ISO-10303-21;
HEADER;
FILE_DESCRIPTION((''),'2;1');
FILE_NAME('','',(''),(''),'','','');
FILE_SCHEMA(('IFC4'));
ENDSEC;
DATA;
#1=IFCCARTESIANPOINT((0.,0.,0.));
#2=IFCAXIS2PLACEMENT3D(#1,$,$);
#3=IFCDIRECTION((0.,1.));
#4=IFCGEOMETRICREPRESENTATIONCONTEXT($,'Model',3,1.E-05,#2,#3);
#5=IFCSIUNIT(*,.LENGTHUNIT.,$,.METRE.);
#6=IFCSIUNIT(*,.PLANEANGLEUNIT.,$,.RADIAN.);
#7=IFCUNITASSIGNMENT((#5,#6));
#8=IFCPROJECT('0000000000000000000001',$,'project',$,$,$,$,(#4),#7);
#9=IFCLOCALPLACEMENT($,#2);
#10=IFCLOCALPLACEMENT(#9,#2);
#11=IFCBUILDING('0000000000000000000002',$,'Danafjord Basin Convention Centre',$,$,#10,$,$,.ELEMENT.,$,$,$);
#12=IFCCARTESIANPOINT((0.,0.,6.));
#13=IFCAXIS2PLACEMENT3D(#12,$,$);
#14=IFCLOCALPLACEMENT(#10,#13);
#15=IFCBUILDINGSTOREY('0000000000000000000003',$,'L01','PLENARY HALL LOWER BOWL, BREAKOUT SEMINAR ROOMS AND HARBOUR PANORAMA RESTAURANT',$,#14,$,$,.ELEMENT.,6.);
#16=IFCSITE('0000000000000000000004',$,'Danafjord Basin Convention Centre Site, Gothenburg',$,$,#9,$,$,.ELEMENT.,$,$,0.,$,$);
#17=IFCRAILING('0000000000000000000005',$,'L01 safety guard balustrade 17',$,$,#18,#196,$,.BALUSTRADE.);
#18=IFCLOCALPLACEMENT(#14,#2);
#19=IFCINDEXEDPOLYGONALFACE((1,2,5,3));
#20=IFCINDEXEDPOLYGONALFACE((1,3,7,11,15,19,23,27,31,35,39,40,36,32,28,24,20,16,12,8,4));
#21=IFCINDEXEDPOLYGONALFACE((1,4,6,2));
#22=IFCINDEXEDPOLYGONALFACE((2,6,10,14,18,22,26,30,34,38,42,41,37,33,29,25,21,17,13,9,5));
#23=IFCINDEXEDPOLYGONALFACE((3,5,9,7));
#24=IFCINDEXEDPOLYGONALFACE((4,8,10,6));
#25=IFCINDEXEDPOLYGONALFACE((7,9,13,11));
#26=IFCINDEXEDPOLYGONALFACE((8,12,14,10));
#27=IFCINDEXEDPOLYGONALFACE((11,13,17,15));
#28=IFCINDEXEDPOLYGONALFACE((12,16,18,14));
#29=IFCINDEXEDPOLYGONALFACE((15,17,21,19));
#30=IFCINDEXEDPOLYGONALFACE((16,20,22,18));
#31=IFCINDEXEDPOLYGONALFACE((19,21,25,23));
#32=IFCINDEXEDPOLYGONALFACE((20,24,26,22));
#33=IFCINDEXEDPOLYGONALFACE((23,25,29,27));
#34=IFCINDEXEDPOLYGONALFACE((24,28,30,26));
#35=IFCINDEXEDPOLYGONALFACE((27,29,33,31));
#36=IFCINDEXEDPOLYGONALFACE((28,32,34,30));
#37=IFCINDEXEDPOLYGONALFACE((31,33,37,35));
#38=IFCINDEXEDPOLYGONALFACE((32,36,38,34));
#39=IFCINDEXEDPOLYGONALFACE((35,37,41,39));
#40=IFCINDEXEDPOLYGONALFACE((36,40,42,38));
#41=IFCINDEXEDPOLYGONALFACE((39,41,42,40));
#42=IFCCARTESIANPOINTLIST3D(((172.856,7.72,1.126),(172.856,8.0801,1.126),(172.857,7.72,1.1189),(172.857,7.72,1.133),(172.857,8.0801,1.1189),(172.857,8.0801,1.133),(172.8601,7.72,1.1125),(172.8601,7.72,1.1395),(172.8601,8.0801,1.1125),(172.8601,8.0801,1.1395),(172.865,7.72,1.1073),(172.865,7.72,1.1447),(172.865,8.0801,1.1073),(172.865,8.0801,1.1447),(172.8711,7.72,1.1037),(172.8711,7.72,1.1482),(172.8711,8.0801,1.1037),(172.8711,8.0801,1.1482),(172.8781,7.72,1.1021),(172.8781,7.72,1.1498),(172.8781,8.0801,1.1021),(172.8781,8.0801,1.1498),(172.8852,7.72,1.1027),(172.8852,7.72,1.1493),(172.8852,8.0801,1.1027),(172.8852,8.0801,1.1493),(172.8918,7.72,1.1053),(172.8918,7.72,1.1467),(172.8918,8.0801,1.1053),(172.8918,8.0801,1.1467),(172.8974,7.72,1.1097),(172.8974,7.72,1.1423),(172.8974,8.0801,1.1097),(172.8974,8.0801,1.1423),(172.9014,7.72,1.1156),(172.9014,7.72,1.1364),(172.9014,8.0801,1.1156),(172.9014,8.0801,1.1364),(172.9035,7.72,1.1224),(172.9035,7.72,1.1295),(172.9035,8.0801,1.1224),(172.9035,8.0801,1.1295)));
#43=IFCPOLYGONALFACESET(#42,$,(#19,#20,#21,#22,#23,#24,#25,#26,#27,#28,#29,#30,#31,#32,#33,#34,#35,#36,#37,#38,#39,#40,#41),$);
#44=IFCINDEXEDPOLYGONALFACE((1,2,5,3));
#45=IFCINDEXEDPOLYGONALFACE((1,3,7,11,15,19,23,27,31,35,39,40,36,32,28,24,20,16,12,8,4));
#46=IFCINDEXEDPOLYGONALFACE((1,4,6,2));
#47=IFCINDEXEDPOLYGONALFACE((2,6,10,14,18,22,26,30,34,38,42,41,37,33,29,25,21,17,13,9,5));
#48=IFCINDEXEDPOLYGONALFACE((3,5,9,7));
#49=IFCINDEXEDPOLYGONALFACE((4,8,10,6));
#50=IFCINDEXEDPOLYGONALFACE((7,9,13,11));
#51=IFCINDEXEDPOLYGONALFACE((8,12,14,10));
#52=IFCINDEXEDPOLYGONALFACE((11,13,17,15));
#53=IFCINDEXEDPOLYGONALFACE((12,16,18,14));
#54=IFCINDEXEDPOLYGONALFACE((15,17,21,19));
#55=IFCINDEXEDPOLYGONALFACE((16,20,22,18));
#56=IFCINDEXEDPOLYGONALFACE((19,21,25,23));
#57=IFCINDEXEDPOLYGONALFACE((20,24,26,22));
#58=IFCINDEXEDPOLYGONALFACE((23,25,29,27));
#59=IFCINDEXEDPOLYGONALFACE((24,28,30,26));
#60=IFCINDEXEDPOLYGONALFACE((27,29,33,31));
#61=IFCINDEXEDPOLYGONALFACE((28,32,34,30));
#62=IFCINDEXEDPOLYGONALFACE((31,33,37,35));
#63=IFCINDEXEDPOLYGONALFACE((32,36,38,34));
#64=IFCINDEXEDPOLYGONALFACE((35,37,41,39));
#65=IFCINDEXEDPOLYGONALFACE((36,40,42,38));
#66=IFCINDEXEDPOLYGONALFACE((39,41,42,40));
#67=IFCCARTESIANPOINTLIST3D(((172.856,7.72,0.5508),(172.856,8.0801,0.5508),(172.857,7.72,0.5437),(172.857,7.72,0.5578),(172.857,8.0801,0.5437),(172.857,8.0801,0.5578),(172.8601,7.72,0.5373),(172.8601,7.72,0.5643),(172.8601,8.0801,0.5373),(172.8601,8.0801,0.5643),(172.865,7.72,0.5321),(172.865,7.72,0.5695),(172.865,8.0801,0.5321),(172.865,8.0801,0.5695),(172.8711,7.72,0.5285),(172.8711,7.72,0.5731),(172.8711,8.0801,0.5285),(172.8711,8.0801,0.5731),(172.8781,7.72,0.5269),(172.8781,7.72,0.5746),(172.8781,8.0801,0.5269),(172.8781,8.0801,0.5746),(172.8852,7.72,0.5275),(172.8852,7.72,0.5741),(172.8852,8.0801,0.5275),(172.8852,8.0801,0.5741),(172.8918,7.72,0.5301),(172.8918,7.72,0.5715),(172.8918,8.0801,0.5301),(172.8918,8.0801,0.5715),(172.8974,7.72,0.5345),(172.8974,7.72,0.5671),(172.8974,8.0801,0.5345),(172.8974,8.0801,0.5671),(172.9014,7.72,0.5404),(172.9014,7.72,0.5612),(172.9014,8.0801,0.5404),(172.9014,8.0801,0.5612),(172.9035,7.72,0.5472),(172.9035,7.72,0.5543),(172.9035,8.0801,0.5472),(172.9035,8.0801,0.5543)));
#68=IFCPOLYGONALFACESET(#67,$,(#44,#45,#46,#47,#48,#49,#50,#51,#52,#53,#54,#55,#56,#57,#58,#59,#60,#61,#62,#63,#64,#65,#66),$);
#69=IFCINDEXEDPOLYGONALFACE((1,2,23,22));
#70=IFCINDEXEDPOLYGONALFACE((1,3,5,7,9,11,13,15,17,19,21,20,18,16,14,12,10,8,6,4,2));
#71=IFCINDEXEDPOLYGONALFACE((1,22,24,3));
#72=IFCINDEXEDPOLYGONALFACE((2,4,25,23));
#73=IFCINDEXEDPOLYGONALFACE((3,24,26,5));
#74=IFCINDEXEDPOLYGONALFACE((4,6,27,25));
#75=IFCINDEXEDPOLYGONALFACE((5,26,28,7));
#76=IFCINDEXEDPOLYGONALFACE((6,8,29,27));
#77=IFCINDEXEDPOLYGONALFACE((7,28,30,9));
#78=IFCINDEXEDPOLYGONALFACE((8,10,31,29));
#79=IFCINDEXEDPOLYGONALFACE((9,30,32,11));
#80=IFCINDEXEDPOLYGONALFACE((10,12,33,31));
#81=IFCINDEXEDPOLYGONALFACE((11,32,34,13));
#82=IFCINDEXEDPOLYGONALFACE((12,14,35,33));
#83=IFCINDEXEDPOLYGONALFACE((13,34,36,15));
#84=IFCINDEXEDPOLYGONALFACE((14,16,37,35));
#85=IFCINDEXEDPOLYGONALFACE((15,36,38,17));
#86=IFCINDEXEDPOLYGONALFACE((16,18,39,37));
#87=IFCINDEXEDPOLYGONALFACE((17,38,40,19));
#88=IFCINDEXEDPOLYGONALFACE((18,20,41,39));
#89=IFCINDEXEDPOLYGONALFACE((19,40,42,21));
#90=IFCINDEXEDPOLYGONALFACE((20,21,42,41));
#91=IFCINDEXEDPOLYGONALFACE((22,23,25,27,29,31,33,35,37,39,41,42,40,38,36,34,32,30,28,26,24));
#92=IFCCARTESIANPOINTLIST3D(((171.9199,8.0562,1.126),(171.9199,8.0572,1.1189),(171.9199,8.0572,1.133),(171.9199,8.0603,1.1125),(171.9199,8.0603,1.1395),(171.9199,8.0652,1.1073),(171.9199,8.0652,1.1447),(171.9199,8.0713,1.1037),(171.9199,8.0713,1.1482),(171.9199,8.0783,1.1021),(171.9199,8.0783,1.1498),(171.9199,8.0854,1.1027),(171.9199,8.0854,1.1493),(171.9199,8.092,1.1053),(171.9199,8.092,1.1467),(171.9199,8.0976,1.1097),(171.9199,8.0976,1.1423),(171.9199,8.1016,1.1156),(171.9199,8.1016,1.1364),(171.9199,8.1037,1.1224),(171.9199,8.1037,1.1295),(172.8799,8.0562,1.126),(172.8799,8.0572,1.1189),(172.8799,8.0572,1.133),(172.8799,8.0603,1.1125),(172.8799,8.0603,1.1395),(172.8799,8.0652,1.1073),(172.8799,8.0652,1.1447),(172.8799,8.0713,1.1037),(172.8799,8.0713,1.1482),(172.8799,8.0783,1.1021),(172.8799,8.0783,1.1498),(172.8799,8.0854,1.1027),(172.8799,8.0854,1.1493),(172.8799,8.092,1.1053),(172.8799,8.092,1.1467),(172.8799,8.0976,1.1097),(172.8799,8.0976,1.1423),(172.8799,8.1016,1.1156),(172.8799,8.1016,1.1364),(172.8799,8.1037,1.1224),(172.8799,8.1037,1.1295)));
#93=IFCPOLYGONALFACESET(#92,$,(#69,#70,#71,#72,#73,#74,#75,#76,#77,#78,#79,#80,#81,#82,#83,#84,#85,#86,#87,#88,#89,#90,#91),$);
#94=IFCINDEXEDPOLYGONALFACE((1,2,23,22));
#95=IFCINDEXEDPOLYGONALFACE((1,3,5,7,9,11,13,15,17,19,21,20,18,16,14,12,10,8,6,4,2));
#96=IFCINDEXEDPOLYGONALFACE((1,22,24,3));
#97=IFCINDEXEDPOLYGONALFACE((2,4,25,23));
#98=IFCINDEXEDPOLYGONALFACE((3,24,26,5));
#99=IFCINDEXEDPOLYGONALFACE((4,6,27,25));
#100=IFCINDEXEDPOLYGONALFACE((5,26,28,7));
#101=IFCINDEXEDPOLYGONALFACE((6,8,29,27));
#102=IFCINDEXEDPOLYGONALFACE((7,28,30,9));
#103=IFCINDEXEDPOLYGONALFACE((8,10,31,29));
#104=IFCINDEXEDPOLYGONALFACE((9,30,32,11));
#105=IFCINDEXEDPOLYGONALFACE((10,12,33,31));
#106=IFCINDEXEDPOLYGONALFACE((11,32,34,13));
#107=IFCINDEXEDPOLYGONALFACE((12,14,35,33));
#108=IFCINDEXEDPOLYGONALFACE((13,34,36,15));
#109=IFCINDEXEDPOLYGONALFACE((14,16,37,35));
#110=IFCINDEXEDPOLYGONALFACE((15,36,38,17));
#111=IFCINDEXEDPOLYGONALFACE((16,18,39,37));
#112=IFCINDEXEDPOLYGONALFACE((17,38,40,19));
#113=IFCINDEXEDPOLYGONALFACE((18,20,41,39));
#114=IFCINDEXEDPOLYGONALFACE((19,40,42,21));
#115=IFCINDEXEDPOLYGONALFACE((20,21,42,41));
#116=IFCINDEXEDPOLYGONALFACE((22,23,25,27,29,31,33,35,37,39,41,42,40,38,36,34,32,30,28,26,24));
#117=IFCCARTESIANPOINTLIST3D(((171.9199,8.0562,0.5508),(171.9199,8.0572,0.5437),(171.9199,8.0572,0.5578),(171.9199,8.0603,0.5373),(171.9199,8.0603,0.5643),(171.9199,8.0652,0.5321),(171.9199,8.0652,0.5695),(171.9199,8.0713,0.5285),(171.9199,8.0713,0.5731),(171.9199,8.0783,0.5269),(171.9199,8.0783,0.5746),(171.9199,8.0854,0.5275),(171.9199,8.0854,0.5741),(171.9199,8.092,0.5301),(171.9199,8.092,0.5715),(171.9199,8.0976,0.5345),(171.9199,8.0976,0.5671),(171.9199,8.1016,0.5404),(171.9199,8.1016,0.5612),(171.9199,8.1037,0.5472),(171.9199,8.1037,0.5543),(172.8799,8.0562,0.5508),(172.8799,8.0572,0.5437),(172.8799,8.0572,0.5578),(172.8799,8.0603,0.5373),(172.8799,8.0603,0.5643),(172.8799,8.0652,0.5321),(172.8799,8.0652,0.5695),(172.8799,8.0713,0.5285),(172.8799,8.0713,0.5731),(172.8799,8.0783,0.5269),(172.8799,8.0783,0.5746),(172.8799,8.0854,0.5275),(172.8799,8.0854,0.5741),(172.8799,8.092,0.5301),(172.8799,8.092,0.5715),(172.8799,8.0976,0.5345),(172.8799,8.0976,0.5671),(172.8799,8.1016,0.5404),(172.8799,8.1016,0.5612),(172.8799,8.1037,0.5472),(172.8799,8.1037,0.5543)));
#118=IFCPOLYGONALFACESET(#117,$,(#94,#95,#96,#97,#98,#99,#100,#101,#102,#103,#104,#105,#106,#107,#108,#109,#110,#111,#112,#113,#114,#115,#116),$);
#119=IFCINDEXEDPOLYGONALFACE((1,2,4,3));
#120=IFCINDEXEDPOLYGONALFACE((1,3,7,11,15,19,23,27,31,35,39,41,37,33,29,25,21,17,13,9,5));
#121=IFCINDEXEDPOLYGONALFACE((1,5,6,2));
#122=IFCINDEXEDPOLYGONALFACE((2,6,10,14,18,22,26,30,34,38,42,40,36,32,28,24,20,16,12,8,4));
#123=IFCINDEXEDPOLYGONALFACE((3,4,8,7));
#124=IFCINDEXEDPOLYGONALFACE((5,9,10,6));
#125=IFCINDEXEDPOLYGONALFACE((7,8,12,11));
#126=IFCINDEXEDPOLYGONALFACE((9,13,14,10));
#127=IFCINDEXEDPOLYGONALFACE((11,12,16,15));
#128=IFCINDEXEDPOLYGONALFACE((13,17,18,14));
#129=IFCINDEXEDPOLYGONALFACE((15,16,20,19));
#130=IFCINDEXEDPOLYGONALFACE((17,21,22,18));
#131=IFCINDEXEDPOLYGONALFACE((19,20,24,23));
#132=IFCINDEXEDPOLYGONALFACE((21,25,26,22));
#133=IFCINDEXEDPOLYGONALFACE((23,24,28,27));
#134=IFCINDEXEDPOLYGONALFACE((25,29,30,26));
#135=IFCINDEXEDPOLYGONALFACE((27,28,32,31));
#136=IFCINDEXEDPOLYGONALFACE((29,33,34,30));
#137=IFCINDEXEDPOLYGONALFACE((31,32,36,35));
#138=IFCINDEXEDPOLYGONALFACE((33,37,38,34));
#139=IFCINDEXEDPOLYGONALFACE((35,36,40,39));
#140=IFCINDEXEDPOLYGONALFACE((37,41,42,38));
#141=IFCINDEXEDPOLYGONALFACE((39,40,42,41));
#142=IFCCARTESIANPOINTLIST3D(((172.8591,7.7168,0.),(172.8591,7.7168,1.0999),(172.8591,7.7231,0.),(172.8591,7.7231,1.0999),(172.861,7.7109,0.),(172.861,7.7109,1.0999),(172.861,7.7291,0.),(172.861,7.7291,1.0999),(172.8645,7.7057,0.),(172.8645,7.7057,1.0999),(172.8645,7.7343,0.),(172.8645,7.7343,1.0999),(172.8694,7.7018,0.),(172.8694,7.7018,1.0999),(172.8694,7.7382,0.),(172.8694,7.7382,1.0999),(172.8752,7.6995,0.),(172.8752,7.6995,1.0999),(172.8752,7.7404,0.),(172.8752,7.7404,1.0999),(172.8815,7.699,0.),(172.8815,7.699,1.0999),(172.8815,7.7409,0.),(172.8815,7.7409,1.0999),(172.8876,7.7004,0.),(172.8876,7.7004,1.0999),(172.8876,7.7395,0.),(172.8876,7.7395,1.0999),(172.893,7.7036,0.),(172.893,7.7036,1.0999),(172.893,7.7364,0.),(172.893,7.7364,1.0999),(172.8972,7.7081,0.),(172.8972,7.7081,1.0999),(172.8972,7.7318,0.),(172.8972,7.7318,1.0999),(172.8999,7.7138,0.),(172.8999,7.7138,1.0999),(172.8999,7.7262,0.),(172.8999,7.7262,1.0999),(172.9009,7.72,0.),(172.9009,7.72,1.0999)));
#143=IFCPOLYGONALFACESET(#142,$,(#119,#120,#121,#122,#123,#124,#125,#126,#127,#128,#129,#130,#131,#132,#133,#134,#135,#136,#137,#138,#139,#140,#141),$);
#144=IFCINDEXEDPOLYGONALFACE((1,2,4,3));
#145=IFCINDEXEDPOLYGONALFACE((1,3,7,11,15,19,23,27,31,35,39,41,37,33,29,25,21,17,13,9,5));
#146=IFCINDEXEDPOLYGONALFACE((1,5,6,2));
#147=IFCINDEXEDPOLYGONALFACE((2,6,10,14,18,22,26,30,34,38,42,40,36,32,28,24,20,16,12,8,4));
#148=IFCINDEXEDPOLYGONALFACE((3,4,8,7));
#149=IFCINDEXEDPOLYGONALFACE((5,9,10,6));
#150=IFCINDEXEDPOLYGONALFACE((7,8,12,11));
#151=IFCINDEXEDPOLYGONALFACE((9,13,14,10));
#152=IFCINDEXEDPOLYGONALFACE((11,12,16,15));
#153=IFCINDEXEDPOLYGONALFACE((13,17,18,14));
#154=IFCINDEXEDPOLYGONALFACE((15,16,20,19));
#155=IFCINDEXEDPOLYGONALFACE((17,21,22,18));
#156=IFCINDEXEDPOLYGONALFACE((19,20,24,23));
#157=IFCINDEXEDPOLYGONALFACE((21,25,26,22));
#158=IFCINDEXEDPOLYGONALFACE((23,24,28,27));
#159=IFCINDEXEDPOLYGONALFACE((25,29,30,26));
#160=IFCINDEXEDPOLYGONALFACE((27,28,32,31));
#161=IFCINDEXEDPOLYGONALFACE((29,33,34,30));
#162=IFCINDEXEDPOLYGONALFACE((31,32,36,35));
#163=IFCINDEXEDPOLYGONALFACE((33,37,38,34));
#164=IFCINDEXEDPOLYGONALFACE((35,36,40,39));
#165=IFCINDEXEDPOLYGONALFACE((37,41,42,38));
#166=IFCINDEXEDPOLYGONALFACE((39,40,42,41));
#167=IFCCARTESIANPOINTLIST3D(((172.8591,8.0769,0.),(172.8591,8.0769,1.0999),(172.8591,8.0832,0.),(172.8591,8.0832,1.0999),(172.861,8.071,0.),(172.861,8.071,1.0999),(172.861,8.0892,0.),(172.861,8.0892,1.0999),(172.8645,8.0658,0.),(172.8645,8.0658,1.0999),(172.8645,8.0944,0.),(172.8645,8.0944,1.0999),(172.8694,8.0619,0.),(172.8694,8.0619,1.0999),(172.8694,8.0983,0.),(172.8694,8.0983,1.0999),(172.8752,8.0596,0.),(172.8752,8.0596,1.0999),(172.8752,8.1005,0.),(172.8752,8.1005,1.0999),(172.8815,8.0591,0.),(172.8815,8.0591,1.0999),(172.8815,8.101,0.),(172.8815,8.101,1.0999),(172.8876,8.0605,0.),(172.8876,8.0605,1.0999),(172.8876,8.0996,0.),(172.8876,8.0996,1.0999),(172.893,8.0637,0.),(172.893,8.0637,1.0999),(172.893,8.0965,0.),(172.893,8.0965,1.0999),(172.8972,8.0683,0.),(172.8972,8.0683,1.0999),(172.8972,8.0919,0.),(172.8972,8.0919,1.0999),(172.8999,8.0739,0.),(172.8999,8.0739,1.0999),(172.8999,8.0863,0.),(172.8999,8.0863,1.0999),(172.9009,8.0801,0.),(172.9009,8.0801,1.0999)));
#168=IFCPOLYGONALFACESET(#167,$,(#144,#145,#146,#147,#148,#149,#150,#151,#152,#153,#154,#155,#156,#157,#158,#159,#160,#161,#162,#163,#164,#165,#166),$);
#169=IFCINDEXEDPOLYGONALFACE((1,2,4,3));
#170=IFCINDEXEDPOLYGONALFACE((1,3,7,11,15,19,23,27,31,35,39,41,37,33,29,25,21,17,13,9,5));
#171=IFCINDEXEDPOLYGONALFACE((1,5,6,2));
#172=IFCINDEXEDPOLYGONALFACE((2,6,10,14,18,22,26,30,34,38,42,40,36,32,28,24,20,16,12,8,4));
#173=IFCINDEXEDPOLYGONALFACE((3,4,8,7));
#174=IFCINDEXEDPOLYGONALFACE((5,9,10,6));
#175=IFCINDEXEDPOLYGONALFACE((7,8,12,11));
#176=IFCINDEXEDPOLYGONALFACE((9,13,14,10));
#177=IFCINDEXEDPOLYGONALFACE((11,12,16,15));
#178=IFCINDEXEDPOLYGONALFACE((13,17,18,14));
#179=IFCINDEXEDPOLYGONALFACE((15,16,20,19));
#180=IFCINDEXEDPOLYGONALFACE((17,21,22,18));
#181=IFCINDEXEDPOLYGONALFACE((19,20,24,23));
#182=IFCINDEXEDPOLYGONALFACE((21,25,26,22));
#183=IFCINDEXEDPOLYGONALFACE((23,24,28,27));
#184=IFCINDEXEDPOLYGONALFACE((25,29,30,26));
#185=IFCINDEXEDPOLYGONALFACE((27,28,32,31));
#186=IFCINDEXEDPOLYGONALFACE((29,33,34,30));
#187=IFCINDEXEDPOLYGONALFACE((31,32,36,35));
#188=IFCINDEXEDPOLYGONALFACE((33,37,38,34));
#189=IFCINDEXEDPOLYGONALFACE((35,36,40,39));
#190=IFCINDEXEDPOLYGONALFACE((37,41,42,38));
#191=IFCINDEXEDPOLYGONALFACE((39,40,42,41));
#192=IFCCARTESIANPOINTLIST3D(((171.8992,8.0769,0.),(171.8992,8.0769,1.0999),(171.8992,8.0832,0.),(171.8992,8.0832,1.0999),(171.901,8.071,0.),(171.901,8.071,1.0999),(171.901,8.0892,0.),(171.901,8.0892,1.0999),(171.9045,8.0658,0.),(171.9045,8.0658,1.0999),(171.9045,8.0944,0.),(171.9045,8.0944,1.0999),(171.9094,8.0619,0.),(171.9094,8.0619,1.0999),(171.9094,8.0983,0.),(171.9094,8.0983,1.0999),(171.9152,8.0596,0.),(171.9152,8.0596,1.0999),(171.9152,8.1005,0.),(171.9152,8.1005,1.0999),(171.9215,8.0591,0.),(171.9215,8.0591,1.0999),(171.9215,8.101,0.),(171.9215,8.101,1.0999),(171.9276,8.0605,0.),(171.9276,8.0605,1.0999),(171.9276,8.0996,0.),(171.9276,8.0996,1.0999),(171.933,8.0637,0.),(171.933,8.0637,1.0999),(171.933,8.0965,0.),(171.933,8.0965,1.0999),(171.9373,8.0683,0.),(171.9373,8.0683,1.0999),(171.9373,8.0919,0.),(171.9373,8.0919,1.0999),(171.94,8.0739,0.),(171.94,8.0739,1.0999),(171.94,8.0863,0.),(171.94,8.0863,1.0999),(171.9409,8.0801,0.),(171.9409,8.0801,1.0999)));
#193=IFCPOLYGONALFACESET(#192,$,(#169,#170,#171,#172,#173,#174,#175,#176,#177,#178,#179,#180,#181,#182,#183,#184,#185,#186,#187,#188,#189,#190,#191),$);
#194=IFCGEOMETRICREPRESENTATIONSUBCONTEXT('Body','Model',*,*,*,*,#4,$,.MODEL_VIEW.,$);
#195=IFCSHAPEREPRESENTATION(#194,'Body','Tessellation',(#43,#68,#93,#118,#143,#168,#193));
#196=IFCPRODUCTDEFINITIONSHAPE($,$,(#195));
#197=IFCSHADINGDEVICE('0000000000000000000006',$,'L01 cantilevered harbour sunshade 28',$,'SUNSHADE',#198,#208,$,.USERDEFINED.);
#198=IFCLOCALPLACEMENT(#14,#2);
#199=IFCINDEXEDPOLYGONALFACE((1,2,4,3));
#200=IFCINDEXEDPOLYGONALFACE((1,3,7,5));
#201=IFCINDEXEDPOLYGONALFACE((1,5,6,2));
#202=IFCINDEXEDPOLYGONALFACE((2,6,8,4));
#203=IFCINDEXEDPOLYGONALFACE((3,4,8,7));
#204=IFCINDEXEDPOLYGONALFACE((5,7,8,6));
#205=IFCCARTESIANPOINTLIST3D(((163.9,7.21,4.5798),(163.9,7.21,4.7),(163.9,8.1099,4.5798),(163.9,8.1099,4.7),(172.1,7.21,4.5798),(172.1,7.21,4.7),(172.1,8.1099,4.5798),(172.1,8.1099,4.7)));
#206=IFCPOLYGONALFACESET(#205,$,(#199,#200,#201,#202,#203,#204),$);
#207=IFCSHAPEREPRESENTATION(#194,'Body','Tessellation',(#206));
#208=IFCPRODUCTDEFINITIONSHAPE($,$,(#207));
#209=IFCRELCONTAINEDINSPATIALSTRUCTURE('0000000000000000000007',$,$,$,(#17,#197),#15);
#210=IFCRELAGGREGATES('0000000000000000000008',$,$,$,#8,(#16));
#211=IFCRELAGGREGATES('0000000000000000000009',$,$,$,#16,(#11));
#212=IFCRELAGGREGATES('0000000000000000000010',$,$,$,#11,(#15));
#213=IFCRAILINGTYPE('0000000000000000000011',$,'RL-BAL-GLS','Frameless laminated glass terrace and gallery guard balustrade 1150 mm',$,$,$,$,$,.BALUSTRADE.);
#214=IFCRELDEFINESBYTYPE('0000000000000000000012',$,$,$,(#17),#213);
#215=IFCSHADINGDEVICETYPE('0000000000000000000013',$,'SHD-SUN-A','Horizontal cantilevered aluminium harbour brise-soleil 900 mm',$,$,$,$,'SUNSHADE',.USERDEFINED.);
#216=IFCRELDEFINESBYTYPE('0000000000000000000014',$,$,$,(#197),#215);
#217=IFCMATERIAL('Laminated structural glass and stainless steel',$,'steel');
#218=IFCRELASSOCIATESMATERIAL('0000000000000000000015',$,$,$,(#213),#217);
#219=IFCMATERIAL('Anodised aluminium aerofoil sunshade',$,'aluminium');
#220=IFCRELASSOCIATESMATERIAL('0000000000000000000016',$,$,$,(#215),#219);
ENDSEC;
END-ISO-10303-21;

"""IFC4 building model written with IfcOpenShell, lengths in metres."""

from ifc_helpers import new_model, si_unit, direction, frame, origin, origin_2d, place, context, subcontext, project, spatial, rectangle, circle, extrude, material, type_object, element, save


model = new_model("IFC4")

# Units and contexts
model_context = context("Model", 3, precision=1e-05, world=origin(), true_north=direction((0.0, 1.0)))
body_context = subcontext(model_context, "Body", "Model", "MODEL_VIEW")
ifc_project = project(units=[si_unit("LENGTHUNIT", "METRE"), si_unit("PLANEANGLEUNIT", "RADIAN")], contexts=[model_context])

# Site, building, storey
site_placement = place(None, origin())
site = spatial("IfcSite", under=ifc_project, at=site_placement, Name="Danafjord Basin Convention Centre Site, Gothenburg", CompositionType="ELEMENT", RefElevation=0.0)
building_placement = place(site_placement, origin())
building = spatial("IfcBuilding", under=site, at=building_placement, Name="Danafjord Basin Convention Centre", CompositionType="ELEMENT")
storey_placement = place(building_placement, frame((0.0, 0.0, 6.0)))
storey = spatial("IfcBuildingStorey", under=building, at=storey_placement, Name="L01", Description="PLENARY HALL LOWER BOWL, BREAKOUT SEMINAR ROOMS AND HARBOUR PANORAMA RESTAURANT", CompositionType="ELEMENT", Elevation=6.0)

# Railing
ifc_material_1 = material(Name="Laminated structural glass and stainless steel", Category="steel")
railing_type = type_object("IfcRailingType", Name="RL-BAL-GLS", Description="Frameless laminated glass terrace and gallery guard balustrade 1150 mm", PredefinedType="BALUSTRADE", material=ifc_material_1)
railing_placement = place(storey_placement, frame((172.8799, 7.72, 0.0)))
element("IfcRailing", 1, at=railing_placement, inside=storey, type_object=railing_type, Name="L01 safety guard balustrade 17", PredefinedType="BALUSTRADE", context=body_context, shape_type="SweptSolid", body=[
    extrude(circle(Radius=0.0239, at=origin_2d()), frame((0.0, 0.0, 1.126), z_axis=(0.0, 1.0, 0.0), x_axis=(-1.0, 0.0, 0.0)), (0.0, 0.0, 1.0), 0.3601),
    extrude(circle(Radius=0.0239, at=origin_2d()), frame((0.0, 0.0, 0.5508), z_axis=(0.0, 1.0, 0.0), x_axis=(-1.0, 0.0, 0.0)), (0.0, 0.0, 1.0), 0.3601),
    extrude(circle(Radius=0.0239, at=origin_2d()), frame((0.0, 0.3601, 1.126), z_axis=(-1.0, 0.0, 0.0), x_axis=(0.0, -1.0, 0.0)), (0.0, 0.0, 1.0), 0.96),
    extrude(circle(Radius=0.0239, at=origin_2d()), frame((0.0, 0.3601, 0.5508), z_axis=(-1.0, 0.0, 0.0), x_axis=(0.0, -1.0, 0.0)), (0.0, 0.0, 1.0), 0.96),
    extrude(circle(Radius=0.021, at=origin_2d()), origin(), (0.0, 0.0, 1.0), 1.0999),
    extrude(circle(Radius=0.021, at=origin_2d()), frame((0.0, 0.3601, 0.0)), (0.0, 0.0, 1.0), 1.0999),
    extrude(circle(Radius=0.021, at=origin_2d()), frame((-0.96, 0.3601, 0.0)), (0.0, 0.0, 1.0), 1.0999),
])

# Shading device
ifc_material_2 = material(Name="Anodised aluminium aerofoil sunshade", Category="aluminium")
shading_device_type = type_object("IfcShadingDeviceType", Name="SHD-SUN-A", Description="Horizontal cantilevered aluminium harbour brise-soleil 900 mm", ElementType="SUNSHADE", PredefinedType="USERDEFINED", material=ifc_material_2)
shading_device_placement = place(storey_placement, frame((168.0, 7.6599, 4.5798), z_axis=(0.0, 0.0, 1.0), x_axis=(1.0, 0.0, 0.0)))
element("IfcShadingDevice", 2, at=shading_device_placement, inside=storey, type_object=shading_device_type, Name="L01 cantilevered harbour sunshade 28", ObjectType="SUNSHADE", PredefinedType="USERDEFINED", context=body_context, shape_type="SweptSolid", body=[
    extrude(rectangle(XDim=8.2, YDim=0.8999, at=origin_2d()), origin(), (0.0, 0.0, 1.0), 0.1201),
])

save(model, "model.ifc")
